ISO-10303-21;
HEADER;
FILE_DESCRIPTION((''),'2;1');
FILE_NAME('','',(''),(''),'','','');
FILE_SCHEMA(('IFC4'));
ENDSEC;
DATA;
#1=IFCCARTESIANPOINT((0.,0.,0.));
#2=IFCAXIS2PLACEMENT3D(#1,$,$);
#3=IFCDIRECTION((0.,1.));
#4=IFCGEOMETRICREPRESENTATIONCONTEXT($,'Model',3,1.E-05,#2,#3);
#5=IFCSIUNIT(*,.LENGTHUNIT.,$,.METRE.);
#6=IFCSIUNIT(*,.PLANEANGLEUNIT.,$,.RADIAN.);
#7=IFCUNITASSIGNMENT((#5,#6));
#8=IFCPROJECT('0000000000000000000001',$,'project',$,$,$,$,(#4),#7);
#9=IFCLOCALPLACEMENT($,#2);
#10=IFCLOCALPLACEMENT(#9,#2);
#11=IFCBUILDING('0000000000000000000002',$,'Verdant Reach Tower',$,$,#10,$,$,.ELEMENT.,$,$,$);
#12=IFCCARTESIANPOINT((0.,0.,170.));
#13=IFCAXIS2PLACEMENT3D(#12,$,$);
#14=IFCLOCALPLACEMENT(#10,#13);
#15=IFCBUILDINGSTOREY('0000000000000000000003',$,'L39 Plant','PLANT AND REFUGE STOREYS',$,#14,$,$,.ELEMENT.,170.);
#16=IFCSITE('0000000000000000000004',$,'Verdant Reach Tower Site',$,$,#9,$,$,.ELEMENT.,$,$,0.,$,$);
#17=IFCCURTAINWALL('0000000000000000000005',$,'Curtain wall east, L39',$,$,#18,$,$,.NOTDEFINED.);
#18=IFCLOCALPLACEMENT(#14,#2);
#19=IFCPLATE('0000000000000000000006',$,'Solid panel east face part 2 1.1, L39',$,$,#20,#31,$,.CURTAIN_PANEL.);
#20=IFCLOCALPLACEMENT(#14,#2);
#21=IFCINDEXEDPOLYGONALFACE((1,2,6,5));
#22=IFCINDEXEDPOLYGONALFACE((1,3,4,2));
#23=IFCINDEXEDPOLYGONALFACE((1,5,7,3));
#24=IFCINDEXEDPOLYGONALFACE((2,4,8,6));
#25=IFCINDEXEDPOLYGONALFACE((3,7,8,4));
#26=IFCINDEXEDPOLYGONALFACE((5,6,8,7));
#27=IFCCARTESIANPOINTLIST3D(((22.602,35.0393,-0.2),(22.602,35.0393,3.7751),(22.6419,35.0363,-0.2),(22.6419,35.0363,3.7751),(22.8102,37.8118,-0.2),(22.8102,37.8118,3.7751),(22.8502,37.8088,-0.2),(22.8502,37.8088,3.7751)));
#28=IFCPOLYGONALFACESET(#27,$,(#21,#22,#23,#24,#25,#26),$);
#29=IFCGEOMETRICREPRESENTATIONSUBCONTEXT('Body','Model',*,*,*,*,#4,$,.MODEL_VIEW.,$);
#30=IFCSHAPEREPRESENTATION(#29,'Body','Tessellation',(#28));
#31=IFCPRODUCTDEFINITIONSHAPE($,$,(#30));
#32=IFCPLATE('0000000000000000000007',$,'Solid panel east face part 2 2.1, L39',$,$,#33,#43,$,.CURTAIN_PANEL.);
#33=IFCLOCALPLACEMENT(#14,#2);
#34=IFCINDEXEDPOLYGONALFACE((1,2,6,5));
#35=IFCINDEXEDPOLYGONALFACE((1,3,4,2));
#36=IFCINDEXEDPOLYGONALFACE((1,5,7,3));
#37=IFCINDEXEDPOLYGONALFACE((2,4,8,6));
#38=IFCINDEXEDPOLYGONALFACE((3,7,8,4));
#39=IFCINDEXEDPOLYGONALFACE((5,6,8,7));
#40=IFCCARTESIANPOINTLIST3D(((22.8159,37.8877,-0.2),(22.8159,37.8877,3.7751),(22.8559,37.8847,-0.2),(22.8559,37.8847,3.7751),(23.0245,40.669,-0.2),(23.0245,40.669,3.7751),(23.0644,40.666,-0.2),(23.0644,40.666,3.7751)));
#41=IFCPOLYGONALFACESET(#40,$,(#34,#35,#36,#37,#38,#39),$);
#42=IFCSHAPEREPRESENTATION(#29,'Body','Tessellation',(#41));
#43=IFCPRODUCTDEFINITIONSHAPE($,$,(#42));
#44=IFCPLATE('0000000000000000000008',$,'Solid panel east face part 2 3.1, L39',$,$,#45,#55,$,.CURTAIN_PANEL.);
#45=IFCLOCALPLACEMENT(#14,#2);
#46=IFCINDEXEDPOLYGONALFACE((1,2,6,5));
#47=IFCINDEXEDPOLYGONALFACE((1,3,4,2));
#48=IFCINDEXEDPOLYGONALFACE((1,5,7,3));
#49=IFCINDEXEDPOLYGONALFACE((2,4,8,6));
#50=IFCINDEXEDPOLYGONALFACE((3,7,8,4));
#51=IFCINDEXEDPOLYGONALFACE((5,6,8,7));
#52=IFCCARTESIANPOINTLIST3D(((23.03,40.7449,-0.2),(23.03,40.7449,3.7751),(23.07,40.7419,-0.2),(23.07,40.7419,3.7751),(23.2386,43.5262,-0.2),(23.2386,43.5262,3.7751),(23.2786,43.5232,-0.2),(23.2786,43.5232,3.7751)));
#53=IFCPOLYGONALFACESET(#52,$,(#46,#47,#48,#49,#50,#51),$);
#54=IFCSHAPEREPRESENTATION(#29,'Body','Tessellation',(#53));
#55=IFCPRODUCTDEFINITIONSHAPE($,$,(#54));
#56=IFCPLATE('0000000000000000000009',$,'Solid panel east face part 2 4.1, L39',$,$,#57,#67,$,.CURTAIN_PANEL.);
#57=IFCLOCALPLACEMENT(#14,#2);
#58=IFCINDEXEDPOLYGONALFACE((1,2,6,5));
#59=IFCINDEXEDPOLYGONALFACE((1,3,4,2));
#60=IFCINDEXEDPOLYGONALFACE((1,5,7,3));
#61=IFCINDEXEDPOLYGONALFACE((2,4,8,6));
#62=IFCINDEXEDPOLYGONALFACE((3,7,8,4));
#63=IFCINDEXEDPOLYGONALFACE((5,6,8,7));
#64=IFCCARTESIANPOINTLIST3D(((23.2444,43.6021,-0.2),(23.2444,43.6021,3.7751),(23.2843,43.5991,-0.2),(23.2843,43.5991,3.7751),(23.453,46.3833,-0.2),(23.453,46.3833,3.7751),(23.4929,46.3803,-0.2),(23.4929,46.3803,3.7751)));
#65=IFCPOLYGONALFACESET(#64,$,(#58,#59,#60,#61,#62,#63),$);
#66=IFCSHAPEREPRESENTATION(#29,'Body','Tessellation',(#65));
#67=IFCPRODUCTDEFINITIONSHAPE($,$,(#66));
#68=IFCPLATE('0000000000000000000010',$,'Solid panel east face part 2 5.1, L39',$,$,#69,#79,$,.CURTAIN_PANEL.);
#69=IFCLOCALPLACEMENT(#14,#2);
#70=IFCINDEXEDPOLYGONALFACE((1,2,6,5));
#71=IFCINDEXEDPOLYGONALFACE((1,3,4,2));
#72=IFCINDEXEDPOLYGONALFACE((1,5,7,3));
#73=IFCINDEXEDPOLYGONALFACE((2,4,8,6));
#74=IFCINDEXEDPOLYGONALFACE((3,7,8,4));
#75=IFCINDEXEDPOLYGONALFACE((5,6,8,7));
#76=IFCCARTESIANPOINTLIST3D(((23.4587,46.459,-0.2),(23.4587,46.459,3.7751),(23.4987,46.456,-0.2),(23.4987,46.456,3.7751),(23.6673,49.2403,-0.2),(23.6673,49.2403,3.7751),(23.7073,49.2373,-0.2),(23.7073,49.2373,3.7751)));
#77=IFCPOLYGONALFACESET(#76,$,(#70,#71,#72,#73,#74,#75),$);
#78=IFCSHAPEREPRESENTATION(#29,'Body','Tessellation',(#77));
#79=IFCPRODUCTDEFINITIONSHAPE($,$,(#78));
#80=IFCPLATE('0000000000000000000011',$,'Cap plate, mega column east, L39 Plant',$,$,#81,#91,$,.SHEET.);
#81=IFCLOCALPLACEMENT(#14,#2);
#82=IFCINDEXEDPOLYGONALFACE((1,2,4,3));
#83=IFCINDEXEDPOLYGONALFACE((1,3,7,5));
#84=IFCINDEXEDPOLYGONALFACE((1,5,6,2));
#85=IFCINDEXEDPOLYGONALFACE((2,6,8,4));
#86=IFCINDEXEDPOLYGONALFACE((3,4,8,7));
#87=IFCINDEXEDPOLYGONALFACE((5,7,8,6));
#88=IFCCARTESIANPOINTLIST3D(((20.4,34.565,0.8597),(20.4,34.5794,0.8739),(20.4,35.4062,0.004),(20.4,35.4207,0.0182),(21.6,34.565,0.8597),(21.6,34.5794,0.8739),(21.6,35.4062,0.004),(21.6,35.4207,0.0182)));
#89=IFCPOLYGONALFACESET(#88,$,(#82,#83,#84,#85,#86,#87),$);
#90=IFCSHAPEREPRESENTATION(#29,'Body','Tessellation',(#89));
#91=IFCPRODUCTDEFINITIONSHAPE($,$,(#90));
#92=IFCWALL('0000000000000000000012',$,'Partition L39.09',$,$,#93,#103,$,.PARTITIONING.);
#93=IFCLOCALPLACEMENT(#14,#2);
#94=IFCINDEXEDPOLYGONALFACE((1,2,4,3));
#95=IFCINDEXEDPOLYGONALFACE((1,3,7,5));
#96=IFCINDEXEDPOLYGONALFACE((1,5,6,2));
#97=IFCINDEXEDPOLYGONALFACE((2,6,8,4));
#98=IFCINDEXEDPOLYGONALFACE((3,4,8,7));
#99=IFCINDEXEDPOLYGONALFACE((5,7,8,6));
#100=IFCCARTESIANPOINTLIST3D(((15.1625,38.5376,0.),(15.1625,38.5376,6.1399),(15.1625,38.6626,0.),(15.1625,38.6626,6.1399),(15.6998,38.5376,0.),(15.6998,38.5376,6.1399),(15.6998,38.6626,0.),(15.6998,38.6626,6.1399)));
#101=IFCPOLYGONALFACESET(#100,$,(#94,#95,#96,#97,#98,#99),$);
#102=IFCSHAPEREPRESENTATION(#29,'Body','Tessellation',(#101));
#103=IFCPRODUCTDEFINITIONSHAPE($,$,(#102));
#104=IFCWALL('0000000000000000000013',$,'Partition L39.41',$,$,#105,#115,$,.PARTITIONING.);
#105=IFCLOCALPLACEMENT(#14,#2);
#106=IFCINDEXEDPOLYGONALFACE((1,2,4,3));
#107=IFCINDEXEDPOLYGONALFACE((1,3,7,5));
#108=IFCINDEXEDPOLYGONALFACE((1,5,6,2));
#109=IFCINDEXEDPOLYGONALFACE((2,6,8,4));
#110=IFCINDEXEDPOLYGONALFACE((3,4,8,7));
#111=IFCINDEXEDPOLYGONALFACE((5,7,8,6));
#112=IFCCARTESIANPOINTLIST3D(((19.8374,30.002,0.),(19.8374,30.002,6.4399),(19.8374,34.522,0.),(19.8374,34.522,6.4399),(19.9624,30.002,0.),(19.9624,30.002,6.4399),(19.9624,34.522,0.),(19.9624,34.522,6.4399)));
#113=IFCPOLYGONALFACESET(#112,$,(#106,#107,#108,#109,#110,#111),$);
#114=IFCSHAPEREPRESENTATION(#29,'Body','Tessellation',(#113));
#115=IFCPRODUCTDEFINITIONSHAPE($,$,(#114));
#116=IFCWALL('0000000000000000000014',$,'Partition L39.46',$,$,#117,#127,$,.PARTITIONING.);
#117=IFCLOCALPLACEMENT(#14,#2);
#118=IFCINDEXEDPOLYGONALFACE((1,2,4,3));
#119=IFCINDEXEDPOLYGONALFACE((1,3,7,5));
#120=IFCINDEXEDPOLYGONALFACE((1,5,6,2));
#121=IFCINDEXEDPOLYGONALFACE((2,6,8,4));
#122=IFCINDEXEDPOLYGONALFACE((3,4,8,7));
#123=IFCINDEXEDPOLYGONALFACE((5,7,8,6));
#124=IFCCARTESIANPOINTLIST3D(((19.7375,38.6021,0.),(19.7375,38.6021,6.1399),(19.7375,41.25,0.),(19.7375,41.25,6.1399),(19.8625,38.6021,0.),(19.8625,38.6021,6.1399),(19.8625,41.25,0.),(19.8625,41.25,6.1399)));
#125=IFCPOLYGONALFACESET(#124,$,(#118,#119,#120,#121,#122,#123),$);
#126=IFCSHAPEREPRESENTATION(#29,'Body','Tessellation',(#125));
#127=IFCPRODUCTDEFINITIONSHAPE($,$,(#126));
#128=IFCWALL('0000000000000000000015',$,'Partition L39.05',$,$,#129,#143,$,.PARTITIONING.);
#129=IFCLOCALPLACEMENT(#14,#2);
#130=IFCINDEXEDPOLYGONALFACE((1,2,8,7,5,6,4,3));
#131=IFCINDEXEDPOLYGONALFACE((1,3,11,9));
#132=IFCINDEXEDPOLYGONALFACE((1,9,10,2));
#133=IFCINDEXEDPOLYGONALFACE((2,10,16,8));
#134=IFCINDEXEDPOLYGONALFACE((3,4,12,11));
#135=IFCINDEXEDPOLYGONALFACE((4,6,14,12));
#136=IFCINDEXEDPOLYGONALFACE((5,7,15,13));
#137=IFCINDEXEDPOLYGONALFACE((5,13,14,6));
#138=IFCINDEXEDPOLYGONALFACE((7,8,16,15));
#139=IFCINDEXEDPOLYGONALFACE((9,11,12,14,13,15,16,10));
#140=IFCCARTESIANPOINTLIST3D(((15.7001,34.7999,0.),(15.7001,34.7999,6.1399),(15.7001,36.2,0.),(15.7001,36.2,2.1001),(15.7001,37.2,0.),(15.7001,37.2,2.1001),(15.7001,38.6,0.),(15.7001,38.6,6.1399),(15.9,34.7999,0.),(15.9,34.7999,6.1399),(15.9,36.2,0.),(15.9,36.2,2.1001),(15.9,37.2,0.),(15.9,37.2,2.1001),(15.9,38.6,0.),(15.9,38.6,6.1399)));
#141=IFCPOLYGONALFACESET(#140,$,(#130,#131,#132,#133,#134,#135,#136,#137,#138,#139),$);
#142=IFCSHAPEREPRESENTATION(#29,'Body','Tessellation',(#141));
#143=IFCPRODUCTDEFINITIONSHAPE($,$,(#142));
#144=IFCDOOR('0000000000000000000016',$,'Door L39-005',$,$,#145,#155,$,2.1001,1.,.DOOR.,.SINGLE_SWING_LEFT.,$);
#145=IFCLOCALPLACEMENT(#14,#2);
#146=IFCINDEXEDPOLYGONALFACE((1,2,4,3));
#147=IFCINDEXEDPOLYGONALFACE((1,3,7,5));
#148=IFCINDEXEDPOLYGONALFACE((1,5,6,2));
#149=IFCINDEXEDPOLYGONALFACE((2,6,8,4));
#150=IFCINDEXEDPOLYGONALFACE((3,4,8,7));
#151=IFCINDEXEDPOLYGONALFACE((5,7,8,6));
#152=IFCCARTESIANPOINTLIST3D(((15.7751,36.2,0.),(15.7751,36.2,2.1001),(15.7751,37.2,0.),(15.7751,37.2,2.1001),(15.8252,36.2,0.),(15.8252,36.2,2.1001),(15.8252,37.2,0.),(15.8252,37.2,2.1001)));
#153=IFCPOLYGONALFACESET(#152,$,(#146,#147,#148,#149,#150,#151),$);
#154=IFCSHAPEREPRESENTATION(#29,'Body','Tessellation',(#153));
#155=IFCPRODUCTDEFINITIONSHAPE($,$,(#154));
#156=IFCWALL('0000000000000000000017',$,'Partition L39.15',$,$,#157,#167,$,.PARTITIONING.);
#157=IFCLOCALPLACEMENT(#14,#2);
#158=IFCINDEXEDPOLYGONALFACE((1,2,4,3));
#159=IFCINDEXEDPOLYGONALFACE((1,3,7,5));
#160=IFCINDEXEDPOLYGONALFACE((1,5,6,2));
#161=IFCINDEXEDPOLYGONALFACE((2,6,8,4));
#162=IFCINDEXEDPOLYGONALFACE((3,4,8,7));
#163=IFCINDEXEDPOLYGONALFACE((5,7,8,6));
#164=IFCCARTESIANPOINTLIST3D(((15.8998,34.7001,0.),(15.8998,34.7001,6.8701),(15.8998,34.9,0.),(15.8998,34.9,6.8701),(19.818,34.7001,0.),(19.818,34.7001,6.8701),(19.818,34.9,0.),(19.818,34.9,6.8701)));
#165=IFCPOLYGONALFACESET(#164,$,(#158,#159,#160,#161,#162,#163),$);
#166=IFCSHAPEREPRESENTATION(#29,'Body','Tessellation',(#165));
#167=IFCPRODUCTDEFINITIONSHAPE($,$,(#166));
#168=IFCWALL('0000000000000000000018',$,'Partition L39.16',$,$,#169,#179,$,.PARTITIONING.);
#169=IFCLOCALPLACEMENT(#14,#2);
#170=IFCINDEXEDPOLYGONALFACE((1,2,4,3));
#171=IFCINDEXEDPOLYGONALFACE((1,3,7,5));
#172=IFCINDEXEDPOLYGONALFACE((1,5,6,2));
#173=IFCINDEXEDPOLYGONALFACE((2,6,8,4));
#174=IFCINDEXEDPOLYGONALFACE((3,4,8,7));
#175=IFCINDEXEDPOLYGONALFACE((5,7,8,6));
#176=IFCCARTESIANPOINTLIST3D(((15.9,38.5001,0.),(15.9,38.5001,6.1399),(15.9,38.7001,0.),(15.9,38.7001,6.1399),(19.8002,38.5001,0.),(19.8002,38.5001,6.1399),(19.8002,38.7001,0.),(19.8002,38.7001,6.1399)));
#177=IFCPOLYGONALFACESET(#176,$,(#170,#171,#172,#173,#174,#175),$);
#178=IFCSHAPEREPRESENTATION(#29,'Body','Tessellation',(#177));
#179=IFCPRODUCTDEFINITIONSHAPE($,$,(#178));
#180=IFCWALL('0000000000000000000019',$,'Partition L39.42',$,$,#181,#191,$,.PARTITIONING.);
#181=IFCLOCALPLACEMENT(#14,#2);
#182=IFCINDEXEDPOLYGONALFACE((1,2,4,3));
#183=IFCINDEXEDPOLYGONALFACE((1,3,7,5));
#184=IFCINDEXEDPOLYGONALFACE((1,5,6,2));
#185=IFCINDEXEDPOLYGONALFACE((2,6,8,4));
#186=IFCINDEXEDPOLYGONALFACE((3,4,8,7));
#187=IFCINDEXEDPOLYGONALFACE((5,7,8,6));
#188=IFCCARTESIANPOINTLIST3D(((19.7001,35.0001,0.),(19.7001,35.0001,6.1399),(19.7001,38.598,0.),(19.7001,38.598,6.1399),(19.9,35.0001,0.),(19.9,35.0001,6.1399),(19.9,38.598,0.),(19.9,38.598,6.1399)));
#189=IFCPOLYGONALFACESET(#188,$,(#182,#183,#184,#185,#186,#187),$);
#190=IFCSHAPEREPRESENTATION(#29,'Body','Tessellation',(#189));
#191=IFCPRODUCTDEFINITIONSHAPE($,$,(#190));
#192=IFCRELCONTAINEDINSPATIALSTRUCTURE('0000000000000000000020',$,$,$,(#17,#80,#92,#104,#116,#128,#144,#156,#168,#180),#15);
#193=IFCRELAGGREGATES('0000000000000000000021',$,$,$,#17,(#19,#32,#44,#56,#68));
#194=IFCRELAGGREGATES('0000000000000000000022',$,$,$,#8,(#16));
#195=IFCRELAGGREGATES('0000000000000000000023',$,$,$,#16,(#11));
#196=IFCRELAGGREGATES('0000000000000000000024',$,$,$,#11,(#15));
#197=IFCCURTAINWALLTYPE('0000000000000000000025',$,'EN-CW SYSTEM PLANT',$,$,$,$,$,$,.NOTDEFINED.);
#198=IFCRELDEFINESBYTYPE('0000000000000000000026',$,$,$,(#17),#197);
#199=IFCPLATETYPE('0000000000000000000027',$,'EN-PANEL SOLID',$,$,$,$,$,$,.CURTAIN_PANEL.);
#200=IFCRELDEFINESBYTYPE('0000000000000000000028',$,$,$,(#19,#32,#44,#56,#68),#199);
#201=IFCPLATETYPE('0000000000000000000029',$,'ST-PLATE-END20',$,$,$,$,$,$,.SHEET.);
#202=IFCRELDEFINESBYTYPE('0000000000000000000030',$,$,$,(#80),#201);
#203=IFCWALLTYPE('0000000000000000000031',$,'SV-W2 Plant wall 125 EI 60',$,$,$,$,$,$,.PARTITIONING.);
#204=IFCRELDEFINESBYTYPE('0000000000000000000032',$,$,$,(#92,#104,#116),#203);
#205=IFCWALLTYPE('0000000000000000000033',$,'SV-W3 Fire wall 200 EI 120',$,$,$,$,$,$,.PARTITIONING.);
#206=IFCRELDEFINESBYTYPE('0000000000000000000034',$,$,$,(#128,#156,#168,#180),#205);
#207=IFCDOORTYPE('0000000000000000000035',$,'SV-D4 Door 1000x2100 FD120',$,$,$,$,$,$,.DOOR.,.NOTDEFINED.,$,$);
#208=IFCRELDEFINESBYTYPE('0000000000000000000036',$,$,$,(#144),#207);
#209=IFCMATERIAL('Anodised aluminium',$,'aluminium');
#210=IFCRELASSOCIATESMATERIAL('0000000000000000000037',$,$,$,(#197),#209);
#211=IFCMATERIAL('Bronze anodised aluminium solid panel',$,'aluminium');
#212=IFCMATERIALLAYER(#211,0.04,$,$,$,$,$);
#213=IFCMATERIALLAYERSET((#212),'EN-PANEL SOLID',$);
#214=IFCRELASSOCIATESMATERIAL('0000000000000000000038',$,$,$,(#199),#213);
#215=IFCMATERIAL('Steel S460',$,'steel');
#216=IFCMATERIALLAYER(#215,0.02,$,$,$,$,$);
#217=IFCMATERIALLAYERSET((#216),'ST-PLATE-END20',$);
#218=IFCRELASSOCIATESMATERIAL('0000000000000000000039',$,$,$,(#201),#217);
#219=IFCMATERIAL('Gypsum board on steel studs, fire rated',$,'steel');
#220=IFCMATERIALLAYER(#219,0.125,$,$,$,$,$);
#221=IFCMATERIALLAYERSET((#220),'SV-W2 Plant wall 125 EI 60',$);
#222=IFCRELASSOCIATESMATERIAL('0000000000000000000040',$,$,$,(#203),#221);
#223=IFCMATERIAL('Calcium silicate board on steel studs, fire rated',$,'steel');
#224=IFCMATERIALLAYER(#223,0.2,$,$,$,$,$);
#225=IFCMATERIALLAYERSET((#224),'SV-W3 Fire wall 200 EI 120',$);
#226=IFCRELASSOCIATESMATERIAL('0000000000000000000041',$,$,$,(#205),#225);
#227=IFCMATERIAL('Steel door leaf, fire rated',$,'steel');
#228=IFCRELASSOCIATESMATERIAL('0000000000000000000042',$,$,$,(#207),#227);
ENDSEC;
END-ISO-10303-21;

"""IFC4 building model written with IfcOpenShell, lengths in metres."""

from ifc_helpers import new_model, si_unit, direction, frame, frame_2d, origin, origin_2d, place, context, subcontext, project, spatial, rectangle, extrude, material, layer, layer_set, type_object, element, fill, aggregate, save


model = new_model("IFC4")

# Units and contexts
model_context = context("Model", 3, precision=1e-05, world=origin(), true_north=direction((0.0, 1.0)))
body_context = subcontext(model_context, "Body", "Model", "MODEL_VIEW")
ifc_project = project(units=[si_unit("LENGTHUNIT", "METRE"), si_unit("PLANEANGLEUNIT", "RADIAN")], contexts=[model_context])

# Site, building, storey
site_placement = place(None, origin())
site = spatial("IfcSite", under=ifc_project, at=site_placement, Name="Verdant Reach Tower Site", CompositionType="ELEMENT", RefElevation=0.0)
building_placement = place(site_placement, origin())
building = spatial("IfcBuilding", under=site, at=building_placement, Name="Verdant Reach Tower", CompositionType="ELEMENT")
storey_placement = place(building_placement, frame((0.0, 0.0, 170.0)))
storey = spatial("IfcBuildingStorey", under=building, at=storey_placement, Name="L39 Plant", Description="PLANT AND REFUGE STOREYS", CompositionType="ELEMENT", Elevation=170.0)

# Shared definitions
ifc_material_1 = material(Name="Steel S460", Category="steel")

# Curtain wall
ifc_material_2 = material(Name="Anodised aluminium", Category="aluminium")
curtain_wall_type = type_object("IfcCurtainWallType", Name="EN-CW SYSTEM PLANT", PredefinedType="NOTDEFINED", material=ifc_material_2)
curtain_wall_placement = place(storey_placement, origin())
curtain_wall = element("IfcCurtainWall", 1, at=curtain_wall_placement, inside=storey, type_object=curtain_wall_type, Name="Curtain wall east, L39", PredefinedType="NOTDEFINED")

# Plates
ifc_material_3 = material(Name="Bronze anodised aluminium solid panel", Category="aluminium")
ifc_layer_1 = layer(ifc_material_3, 0.04)
ifc_layer_set_1 = layer_set([ifc_layer_1], Name="EN-PANEL SOLID")
plate_type_1 = type_object("IfcPlateType", Name="EN-PANEL SOLID", PredefinedType="CURTAIN_PANEL", material=ifc_layer_set_1)
plate_1_placement = place(storey_placement, frame((22.7261, 36.4241, -0.2), z_axis=(0.0, 0.0, 1.0), x_axis=(0.074906, 0.997191, 0.0)))
plate_1 = element("IfcPlate", 2, at=plate_1_placement, type_object=plate_type_1, Name="Solid panel east face part 2 1.1, L39", PredefinedType="CURTAIN_PANEL", context=body_context, shape_type="SweptSolid", body=[
    extrude(rectangle(XDim=2.7803, YDim=0.04, at=origin_2d()), origin(), (0.0, 0.0, 1.0), 3.9751),
])
plate_2_placement = place(storey_placement, frame((22.9402, 39.2769, -0.2), z_axis=(0.0, 0.0, 1.0), x_axis=(0.07479, 0.997199, 0.0)))
plate_2 = element("IfcPlate", 3, at=plate_2_placement, type_object=plate_type_1, Name="Solid panel east face part 2 2.1, L39", PredefinedType="CURTAIN_PANEL", context=body_context, shape_type="SweptSolid", body=[
    extrude(rectangle(XDim=2.7891, YDim=0.04, at=origin_2d()), origin(), (0.0, 0.0, 1.0), 3.9751),
])
plate_3_placement = place(storey_placement, frame((23.1543, 42.134, -0.2), z_axis=(0.0, 0.0, 1.0), x_axis=(0.07479, 0.997199, 0.0)))
plate_3 = element("IfcPlate", 4, at=plate_3_placement, type_object=plate_type_1, Name="Solid panel east face part 2 3.1, L39", PredefinedType="CURTAIN_PANEL", context=body_context, shape_type="SweptSolid", body=[
    extrude(rectangle(XDim=2.7891, YDim=0.04, at=origin_2d()), origin(), (0.0, 0.0, 1.0), 3.9751),
])
plate_4_placement = place(storey_placement, frame((23.3687, 44.9912, -0.2), z_axis=(0.0, 0.0, 1.0), x_axis=(0.07479, 0.997199, 0.0)))
plate_4 = element("IfcPlate", 5, at=plate_4_placement, type_object=plate_type_1, Name="Solid panel east face part 2 4.1, L39", PredefinedType="CURTAIN_PANEL", context=body_context, shape_type="SweptSolid", body=[
    extrude(rectangle(XDim=2.7891, YDim=0.04, at=origin_2d()), origin(), (0.0, 0.0, 1.0), 3.9751),
])
plate_5_placement = place(storey_placement, frame((23.583, 47.8481, -0.2), z_axis=(0.0, 0.0, 1.0), x_axis=(0.07479, 0.997199, 0.0)))
plate_5 = element("IfcPlate", 6, at=plate_5_placement, type_object=plate_type_1, Name="Solid panel east face part 2 5.1, L39", PredefinedType="CURTAIN_PANEL", context=body_context, shape_type="SweptSolid", body=[
    extrude(rectangle(XDim=2.7891, YDim=0.04, at=origin_2d()), origin(), (0.0, 0.0, 1.0), 3.9751),
])
ifc_layer_2 = layer(ifc_material_1, 0.02)
ifc_layer_set_2 = layer_set([ifc_layer_2], Name="ST-PLATE-END20")
plate_type_2 = type_object("IfcPlateType", Name="ST-PLATE-END20", PredefinedType="SHEET", material=ifc_layer_set_2)
plate_6_placement = place(storey_placement, frame((21.0, 34.9856, 0.4319), z_axis=(0.0, 0.713124, 0.701038), x_axis=(-1.0, 0.0, 0.0)))
element("IfcPlate", 7, at=plate_6_placement, inside=storey, type_object=plate_type_2, Name="Cap plate, mega column east, L39 Plant", PredefinedType="SHEET", context=body_context, shape_type="SweptSolid", body=[
    extrude(rectangle(XDim=1.2, YDim=1.2, at=origin_2d()), origin(), (0.0, 0.0, 1.0), 0.0203),
])

# Walls
ifc_material_4 = material(Name="Gypsum board on steel studs, fire rated", Category="steel")
ifc_layer_3 = layer(ifc_material_4, 0.125)
ifc_layer_set_3 = layer_set([ifc_layer_3], Name="SV-W2 Plant wall 125 EI 60")
wall_type_1 = type_object("IfcWallType", Name="SV-W2 Plant wall 125 EI 60", PredefinedType="PARTITIONING", material=ifc_layer_set_3)
wall_1_placement = place(storey_placement, frame((15.1626, 38.6001, 0.0), z_axis=(0.0, 0.0, 1.0), x_axis=(1.0, 0.0, 0.0)))
element("IfcWall", 8, at=wall_1_placement, inside=storey, type_object=wall_type_1, Name="Partition L39.09", PredefinedType="PARTITIONING", context=body_context, shape_type="SweptSolid", body=[
    extrude(rectangle(XDim=0.5374, YDim=0.125, at=frame_2d((0.2686, 0.0))), origin(), (0.0, 0.0, 1.0), 6.1399),
])
wall_2_placement = place(storey_placement, frame((19.8999, 34.522, 0.0), z_axis=(0.0, 0.0, 1.0), x_axis=(0.0, -1.0, 0.0)))
element("IfcWall", 9, at=wall_2_placement, inside=storey, type_object=wall_type_1, Name="Partition L39.41", PredefinedType="PARTITIONING", context=body_context, shape_type="SweptSolid", body=[
    extrude(rectangle(XDim=4.52, YDim=0.125, at=frame_2d((2.26, 0.0))), origin(), (0.0, 0.0, 1.0), 6.4399),
])
wall_3_placement = place(storey_placement, frame((19.8, 41.25, 0.0), z_axis=(0.0, 0.0, 1.0), x_axis=(0.0, -1.0, 0.0)))
element("IfcWall", 10, at=wall_3_placement, inside=storey, type_object=wall_type_1, Name="Partition L39.46", PredefinedType="PARTITIONING", context=body_context, shape_type="SweptSolid", body=[
    extrude(rectangle(XDim=2.6479, YDim=0.125, at=frame_2d((1.324, 0.0))), origin(), (0.0, 0.0, 1.0), 6.1399),
])

# Wall, opening, door
ifc_material_5 = material(Name="Calcium silicate board on steel studs, fire rated", Category="steel")
ifc_layer_4 = layer(ifc_material_5, 0.2)
ifc_layer_set_4 = layer_set([ifc_layer_4], Name="SV-W3 Fire wall 200 EI 120")
wall_type_2 = type_object("IfcWallType", Name="SV-W3 Fire wall 200 EI 120", PredefinedType="PARTITIONING", material=ifc_layer_set_4)
wall_4_placement = place(storey_placement, frame((15.8, 34.8, 0.0), z_axis=(0.0, 0.0, 1.0), x_axis=(0.0, 1.0, 0.0)))
wall_4 = element("IfcWall", 11, at=wall_4_placement, inside=storey, type_object=wall_type_2, Name="Partition L39.05", PredefinedType="PARTITIONING", context=body_context, shape_type="SweptSolid", body=[
    extrude(rectangle(XDim=3.8, YDim=0.2, at=frame_2d((1.8999, 0.0))), origin(), (0.0, 0.0, 1.0), 6.1399),
])
opening_placement = place(wall_4_placement, frame((1.3999, 0.0, 0.0)))
opening = element("IfcOpeningElement", 12, at=opening_placement, cuts=wall_4, PredefinedType="OPENING", context=body_context, shape_type="SweptSolid", body=[
    extrude(rectangle(XDim=1.0, YDim=2.1001, at=frame_2d((0.5, 1.05))), frame((0.0, 0.1099, 0.0), z_axis=(0.0, -1.0, 0.0), x_axis=(1.0, 0.0, 0.0)), (0.0, 0.0, 1.0), 0.22),
])
ifc_material_6 = material(Name="Steel door leaf, fire rated", Category="steel")
door_type = type_object("IfcDoorType", Name="SV-D4 Door 1000x2100 FD120", OperationType="NOTDEFINED", PredefinedType="DOOR", material=ifc_material_6)
door_placement = place(opening_placement, origin())
door = element("IfcDoor", 13, at=door_placement, inside=storey, type_object=door_type, Name="Door L39-005", OperationType="SINGLE_SWING_LEFT", OverallHeight=2.1001, OverallWidth=1.0, PredefinedType="DOOR", context=body_context, shape_type="SweptSolid", body=[
    extrude(rectangle(XDim=1.0, YDim=2.1001, at=frame_2d((0.5, 1.05))), frame((0.0, 0.0249, 0.0), z_axis=(0.0, -1.0, 0.0), x_axis=(1.0, 0.0, 0.0)), (0.0, 0.0, 1.0), 0.05),
])
fill(opening, door)

# Walls
wall_5_placement = place(storey_placement, frame((15.8999, 34.8, 0.0), z_axis=(0.0, 0.0, 1.0), x_axis=(1.0, 0.0, 0.0)))
element("IfcWall", 14, at=wall_5_placement, inside=storey, type_object=wall_type_2, Name="Partition L39.15", PredefinedType="PARTITIONING", context=body_context, shape_type="SweptSolid", body=[
    extrude(rectangle(XDim=3.9182, YDim=0.2, at=frame_2d((1.959, 0.0))), origin(), (0.0, 0.0, 1.0), 6.8701),
])
wall_6_placement = place(storey_placement, frame((15.8999, 38.6001, 0.0), z_axis=(0.0, 0.0, 1.0), x_axis=(1.0, 0.0, 0.0)))
element("IfcWall", 15, at=wall_6_placement, inside=storey, type_object=wall_type_2, Name="Partition L39.16", PredefinedType="PARTITIONING", context=body_context, shape_type="SweptSolid", body=[
    extrude(rectangle(XDim=3.9001, YDim=0.2, at=frame_2d((1.9502, 0.0))), origin(), (0.0, 0.0, 1.0), 6.1399),
])
wall_7_placement = place(storey_placement, frame((19.8, 38.5979, 0.0), z_axis=(0.0, 0.0, 1.0), x_axis=(0.0, -1.0, 0.0)))
element("IfcWall", 16, at=wall_7_placement, inside=storey, type_object=wall_type_2, Name="Partition L39.42", PredefinedType="PARTITIONING", context=body_context, shape_type="SweptSolid", body=[
    extrude(rectangle(XDim=3.5979, YDim=0.2, at=frame_2d((1.7988, 0.0))), origin(), (0.0, 0.0, 1.0), 6.1399),
])

aggregate(curtain_wall, [plate_1, plate_2, plate_3, plate_4, plate_5])

save(model, "model.ifc")
